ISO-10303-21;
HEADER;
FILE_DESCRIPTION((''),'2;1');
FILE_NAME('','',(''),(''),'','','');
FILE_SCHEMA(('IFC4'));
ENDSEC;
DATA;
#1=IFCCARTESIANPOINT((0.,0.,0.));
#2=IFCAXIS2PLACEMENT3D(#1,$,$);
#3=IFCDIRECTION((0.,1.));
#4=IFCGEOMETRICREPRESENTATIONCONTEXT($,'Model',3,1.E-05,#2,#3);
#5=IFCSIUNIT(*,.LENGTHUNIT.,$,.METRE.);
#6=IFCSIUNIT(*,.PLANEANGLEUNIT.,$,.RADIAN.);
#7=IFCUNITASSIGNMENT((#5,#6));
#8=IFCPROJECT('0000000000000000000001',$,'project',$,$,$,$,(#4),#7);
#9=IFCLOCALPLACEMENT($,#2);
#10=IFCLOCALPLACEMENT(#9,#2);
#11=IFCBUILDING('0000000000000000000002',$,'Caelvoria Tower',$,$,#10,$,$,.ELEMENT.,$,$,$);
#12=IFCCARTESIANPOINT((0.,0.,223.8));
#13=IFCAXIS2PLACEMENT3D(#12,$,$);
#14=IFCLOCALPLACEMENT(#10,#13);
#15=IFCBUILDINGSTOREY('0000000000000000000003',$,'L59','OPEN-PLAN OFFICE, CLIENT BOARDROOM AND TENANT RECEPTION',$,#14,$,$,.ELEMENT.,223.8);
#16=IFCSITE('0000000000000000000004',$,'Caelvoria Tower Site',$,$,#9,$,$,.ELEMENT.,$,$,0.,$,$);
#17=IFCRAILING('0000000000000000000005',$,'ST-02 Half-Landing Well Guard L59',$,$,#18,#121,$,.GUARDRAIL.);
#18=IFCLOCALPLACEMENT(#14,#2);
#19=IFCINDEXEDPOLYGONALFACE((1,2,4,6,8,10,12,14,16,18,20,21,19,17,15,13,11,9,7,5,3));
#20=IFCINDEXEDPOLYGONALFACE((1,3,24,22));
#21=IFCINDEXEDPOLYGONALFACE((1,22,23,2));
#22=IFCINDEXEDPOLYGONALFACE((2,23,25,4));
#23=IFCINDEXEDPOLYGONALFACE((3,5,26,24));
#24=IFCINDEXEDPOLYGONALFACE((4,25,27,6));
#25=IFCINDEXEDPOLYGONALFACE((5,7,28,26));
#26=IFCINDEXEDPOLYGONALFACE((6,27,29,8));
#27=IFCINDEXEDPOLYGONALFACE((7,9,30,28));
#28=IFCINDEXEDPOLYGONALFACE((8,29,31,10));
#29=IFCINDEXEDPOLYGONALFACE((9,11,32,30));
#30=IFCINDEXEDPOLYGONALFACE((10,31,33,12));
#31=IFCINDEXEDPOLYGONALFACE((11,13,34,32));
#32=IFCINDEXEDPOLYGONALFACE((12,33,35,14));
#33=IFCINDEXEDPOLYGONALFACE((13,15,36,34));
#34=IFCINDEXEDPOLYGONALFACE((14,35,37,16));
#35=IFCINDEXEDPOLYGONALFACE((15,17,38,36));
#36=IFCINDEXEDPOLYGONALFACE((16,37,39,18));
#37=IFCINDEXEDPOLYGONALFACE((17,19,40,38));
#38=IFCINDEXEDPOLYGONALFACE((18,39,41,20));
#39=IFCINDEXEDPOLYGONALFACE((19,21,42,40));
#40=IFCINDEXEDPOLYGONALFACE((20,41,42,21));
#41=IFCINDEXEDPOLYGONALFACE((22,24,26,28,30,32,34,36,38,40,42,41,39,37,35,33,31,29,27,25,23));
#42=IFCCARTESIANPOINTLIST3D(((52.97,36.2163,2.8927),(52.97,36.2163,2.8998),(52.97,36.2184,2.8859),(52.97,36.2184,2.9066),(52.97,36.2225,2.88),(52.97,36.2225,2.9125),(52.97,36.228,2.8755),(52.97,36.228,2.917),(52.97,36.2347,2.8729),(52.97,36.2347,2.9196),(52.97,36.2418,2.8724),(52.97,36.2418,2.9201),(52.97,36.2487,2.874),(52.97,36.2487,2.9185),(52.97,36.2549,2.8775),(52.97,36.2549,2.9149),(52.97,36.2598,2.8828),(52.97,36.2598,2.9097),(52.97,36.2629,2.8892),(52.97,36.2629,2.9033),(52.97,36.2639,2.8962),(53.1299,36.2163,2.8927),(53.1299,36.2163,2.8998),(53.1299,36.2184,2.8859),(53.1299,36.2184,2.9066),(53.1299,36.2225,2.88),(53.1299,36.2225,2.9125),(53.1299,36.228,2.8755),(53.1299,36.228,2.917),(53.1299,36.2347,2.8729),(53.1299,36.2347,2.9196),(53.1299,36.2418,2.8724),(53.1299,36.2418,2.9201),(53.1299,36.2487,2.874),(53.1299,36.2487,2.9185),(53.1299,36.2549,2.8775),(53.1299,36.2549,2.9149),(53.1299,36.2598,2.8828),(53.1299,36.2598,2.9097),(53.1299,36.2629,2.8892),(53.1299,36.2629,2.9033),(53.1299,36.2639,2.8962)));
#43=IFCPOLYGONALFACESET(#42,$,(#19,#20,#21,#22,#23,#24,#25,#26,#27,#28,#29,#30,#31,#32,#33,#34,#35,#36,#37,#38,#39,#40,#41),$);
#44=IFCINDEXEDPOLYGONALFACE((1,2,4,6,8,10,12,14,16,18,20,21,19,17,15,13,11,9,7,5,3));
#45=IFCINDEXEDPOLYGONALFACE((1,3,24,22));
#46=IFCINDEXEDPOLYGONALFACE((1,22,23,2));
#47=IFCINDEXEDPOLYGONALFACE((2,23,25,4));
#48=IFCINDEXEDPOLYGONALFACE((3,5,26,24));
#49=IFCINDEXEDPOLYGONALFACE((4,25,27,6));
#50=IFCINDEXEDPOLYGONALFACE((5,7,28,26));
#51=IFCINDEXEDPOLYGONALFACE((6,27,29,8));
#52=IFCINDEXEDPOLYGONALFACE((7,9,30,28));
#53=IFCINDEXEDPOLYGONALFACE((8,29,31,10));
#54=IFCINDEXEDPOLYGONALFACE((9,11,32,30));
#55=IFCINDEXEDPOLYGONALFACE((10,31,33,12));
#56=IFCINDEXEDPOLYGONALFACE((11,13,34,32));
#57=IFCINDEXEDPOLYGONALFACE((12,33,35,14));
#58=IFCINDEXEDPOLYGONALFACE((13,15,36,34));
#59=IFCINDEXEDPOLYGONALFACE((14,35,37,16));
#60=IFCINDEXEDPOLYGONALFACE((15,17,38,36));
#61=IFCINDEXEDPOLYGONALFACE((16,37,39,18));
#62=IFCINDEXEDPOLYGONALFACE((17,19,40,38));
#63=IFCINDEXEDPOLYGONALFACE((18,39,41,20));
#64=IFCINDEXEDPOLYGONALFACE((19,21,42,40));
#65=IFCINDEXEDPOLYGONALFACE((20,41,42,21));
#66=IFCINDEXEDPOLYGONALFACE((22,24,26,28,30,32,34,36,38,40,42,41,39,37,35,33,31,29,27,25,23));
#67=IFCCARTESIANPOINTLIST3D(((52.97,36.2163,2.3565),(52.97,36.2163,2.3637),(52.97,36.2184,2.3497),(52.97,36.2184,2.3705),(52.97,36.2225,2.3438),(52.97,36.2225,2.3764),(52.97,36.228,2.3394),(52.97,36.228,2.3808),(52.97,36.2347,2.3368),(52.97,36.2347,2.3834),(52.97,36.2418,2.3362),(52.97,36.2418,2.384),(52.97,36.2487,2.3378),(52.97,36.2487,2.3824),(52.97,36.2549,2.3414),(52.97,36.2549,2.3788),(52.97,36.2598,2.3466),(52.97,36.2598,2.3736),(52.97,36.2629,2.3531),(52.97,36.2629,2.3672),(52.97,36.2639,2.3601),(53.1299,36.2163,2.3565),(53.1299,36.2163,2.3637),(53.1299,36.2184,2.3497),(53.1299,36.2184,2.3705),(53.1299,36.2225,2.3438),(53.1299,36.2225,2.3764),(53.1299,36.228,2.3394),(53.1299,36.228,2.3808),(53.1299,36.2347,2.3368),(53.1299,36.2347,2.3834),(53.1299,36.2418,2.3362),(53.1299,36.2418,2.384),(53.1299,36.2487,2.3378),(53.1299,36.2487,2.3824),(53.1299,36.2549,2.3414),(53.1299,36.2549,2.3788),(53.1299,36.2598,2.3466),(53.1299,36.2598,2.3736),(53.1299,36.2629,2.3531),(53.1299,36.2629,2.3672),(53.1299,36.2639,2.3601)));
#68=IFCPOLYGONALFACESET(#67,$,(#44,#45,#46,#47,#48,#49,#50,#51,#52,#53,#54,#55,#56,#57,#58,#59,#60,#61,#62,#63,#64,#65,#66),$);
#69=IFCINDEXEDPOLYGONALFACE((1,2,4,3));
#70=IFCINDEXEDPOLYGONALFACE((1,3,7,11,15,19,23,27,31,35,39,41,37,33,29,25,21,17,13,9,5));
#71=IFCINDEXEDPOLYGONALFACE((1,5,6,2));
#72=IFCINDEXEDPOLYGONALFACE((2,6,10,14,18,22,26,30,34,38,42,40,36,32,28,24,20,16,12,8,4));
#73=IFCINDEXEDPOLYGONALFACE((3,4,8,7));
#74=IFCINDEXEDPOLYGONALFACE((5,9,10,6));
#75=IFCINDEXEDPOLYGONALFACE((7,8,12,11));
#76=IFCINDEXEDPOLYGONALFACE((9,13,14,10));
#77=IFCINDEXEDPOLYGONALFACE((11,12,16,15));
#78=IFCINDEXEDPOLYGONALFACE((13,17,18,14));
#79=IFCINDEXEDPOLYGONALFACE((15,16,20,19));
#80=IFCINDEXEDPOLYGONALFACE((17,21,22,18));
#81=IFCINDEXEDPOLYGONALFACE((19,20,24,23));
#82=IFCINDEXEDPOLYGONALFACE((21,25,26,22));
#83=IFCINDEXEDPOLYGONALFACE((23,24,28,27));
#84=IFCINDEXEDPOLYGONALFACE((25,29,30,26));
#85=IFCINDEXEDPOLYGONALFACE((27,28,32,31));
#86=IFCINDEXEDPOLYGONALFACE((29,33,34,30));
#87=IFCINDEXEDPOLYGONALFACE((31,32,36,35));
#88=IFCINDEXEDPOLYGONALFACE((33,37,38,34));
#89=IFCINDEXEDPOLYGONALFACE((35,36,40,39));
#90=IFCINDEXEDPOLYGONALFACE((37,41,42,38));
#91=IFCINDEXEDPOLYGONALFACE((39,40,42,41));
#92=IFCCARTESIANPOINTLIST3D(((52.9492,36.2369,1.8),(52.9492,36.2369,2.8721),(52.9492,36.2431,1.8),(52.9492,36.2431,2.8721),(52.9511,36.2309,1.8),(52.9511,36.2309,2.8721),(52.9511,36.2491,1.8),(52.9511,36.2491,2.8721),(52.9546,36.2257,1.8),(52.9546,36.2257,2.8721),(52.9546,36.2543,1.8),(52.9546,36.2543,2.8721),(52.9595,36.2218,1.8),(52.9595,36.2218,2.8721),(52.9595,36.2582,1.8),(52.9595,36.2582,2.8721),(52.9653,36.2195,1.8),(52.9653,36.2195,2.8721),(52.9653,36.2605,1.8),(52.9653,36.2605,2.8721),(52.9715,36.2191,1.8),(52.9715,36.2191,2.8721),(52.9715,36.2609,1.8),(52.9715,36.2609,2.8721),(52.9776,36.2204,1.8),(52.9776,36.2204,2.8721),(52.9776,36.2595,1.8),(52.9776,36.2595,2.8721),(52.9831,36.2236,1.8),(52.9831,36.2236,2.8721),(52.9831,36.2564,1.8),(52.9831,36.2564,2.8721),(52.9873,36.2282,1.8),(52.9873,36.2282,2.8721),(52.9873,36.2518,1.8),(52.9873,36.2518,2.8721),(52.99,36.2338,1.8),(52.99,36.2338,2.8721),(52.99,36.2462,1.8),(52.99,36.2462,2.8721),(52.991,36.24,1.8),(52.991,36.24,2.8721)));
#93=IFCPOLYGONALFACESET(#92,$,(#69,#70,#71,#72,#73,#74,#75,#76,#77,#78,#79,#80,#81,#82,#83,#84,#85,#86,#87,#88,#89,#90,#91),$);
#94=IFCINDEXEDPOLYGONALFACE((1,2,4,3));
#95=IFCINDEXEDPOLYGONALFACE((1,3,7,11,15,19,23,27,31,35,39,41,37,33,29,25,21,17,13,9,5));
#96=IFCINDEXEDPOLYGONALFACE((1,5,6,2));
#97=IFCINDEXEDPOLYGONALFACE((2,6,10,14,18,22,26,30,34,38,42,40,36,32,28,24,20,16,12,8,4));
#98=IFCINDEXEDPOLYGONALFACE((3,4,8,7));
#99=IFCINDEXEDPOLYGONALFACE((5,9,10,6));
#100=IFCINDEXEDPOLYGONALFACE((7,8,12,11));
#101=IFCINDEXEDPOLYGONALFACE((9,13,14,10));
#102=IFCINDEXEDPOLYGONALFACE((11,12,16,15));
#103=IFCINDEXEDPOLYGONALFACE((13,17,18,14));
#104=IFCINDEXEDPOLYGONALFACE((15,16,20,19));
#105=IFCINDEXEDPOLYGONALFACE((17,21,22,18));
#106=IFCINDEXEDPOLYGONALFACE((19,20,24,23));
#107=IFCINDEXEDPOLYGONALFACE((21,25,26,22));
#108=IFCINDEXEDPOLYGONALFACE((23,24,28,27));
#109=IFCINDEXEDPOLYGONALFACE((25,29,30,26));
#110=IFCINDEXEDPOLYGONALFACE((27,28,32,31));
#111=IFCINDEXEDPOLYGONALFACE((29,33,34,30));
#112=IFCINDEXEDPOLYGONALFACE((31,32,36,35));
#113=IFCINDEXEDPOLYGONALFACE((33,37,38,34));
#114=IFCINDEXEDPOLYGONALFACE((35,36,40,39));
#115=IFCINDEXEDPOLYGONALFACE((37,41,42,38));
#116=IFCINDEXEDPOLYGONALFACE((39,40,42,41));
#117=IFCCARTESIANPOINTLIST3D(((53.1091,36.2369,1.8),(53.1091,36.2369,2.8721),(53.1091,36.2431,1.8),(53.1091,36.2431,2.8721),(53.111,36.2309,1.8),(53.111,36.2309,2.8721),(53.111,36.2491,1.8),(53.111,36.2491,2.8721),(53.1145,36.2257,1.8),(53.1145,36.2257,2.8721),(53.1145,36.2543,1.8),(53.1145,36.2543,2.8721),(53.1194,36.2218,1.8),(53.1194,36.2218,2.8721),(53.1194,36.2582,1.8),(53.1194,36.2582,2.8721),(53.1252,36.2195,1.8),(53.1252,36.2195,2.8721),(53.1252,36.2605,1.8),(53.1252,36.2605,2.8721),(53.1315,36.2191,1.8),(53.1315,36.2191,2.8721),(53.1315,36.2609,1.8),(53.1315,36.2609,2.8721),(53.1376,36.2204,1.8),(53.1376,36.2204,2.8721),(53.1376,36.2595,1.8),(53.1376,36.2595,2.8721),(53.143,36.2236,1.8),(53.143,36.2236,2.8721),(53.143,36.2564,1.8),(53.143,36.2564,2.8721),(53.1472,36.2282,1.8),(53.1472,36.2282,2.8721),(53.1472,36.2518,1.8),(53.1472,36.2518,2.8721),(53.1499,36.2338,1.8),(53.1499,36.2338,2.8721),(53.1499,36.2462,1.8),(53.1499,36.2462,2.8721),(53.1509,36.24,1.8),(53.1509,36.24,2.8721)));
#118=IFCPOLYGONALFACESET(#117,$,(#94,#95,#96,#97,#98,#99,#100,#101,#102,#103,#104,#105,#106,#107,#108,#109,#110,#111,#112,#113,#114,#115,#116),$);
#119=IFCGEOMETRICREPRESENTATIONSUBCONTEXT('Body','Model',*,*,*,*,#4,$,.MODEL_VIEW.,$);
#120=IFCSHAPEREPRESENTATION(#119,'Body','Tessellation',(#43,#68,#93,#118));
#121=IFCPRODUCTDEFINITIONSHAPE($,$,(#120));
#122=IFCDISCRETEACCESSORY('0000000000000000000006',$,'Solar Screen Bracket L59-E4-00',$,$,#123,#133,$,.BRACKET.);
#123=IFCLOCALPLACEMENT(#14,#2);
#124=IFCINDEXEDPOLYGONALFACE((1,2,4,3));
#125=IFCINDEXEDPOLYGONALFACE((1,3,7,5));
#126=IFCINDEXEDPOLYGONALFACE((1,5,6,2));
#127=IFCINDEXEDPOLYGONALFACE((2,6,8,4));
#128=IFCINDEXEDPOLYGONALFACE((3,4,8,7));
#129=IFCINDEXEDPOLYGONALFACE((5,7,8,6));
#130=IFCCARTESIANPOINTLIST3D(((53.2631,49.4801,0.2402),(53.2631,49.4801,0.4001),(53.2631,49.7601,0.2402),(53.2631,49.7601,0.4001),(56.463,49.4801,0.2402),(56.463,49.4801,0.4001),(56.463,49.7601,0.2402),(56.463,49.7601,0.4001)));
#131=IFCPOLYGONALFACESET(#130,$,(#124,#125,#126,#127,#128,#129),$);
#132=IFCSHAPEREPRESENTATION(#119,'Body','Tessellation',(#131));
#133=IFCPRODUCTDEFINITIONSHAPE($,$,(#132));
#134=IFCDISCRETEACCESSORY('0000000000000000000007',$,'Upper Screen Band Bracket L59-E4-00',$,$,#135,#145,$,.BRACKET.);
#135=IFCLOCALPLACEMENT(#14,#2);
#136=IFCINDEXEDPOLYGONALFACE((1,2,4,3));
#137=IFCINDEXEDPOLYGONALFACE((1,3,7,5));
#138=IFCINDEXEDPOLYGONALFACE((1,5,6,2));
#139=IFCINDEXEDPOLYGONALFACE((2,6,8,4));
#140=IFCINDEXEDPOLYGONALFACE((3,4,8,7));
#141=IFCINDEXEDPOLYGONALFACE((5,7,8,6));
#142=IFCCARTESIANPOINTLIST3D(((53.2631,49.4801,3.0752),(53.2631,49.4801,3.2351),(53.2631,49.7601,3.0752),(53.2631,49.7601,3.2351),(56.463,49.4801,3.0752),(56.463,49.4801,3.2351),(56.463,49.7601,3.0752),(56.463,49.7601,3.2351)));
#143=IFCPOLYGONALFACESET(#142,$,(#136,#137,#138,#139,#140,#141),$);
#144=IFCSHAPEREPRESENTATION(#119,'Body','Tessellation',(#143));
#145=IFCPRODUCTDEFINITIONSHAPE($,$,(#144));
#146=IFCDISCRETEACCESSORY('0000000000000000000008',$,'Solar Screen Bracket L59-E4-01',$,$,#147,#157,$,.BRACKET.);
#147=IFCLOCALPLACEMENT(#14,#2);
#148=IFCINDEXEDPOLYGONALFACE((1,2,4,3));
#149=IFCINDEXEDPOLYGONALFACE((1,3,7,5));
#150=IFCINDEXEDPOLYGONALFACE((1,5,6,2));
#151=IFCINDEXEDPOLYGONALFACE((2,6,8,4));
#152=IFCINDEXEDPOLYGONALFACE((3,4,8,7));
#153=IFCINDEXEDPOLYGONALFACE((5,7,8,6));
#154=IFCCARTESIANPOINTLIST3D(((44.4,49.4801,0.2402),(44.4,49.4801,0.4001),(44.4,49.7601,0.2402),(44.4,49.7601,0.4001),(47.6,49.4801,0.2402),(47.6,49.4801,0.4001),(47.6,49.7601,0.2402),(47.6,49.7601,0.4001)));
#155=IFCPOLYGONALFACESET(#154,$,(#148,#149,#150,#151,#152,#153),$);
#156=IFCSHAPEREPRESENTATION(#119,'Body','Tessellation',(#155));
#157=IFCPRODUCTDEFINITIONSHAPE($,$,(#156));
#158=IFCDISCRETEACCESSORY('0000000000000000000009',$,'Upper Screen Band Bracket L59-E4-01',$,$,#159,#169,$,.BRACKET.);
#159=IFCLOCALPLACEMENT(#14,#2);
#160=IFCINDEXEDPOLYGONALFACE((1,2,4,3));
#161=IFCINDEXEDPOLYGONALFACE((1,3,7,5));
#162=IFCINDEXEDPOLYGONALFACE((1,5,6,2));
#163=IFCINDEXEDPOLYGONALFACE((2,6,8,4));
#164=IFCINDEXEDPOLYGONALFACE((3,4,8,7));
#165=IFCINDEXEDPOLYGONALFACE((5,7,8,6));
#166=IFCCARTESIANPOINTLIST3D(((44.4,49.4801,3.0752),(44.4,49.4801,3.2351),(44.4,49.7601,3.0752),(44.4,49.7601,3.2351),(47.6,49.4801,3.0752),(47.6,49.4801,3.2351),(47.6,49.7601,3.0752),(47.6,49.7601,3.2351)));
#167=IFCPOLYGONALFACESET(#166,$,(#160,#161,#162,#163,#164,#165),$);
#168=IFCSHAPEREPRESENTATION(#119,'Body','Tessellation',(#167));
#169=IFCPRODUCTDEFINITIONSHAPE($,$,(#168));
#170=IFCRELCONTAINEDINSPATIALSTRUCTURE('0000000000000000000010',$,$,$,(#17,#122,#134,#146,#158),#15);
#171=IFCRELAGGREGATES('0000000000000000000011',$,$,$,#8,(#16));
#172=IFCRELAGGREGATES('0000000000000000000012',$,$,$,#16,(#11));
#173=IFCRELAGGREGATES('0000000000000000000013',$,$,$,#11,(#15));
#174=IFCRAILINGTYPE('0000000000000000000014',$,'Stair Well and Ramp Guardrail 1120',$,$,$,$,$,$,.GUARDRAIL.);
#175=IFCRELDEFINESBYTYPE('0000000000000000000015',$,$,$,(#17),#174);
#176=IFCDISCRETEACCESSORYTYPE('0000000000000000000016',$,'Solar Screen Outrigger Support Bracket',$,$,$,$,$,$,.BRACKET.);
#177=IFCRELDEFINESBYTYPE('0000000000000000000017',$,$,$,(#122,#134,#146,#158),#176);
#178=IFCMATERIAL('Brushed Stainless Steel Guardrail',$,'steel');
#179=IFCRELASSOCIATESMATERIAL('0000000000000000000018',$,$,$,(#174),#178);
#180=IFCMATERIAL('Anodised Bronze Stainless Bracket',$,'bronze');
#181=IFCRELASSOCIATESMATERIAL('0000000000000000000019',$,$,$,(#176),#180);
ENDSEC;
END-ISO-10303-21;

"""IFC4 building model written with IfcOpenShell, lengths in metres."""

from ifc_helpers import new_model, si_unit, direction, frame, origin, origin_2d, place, context, subcontext, project, spatial, rectangle, circle, extrude, material, type_object, element, save


model = new_model("IFC4")

# Units and contexts
model_context = context("Model", 3, precision=1e-05, world=origin(), true_north=direction((0.0, 1.0)))
body_context = subcontext(model_context, "Body", "Model", "MODEL_VIEW")
ifc_project = project(units=[si_unit("LENGTHUNIT", "METRE"), si_unit("PLANEANGLEUNIT", "RADIAN")], contexts=[model_context])

# Site, building, storey
site_placement = place(None, origin())
site = spatial("IfcSite", under=ifc_project, at=site_placement, Name="Caelvoria Tower Site", CompositionType="ELEMENT", RefElevation=0.0)
building_placement = place(site_placement, origin())
building = spatial("IfcBuilding", under=site, at=building_placement, Name="Caelvoria Tower", CompositionType="ELEMENT")
storey_placement = place(building_placement, frame((0.0, 0.0, 223.8)))
storey = spatial("IfcBuildingStorey", under=building, at=storey_placement, Name="L59", Description="OPEN-PLAN OFFICE, CLIENT BOARDROOM AND TENANT RECEPTION", CompositionType="ELEMENT", Elevation=223.8)

# Railing
ifc_material_1 = material(Name="Brushed Stainless Steel Guardrail", Category="steel")
railing_type_1 = type_object("IfcRailingType", Name="Stair Well and Ramp Guardrail 1120", PredefinedType="GUARDRAIL", material=ifc_material_1)
railing_1_placement = place(storey_placement, frame((52.97, 36.24, 1.8)))
element("IfcRailing", 1, at=railing_1_placement, inside=storey, type_object=railing_type_1, Name="ST-02 Half-Landing Well Guard L59", PredefinedType="GUARDRAIL", context=body_context, shape_type="SweptSolid", body=[
    extrude(circle(Radius=0.0239, at=origin_2d()), frame((0.0, 0.0, 1.0962), z_axis=(1.0, 0.0, 0.0), x_axis=(0.0, 1.0, 0.0)), (0.0, 0.0, 1.0), 0.1599),
    extrude(circle(Radius=0.0239, at=origin_2d()), frame((0.0, 0.0, 0.5601), z_axis=(1.0, 0.0, 0.0), x_axis=(0.0, 1.0, 0.0)), (0.0, 0.0, 1.0), 0.1599),
    extrude(circle(Radius=0.021, at=origin_2d()), origin(), (0.0, 0.0, 1.0), 1.072),
    extrude(circle(Radius=0.021, at=origin_2d()), frame((0.1599, 0.0, 0.0)), (0.0, 0.0, 1.0), 1.072),
])

# Discrete accessories
ifc_material_2 = material(Name="Anodised Bronze Stainless Bracket", Category="bronze")
discrete_accessory_type = type_object("IfcDiscreteAccessoryType", Name="Solar Screen Outrigger Support Bracket", PredefinedType="BRACKET", material=ifc_material_2)
for number, where, z_axis, x_axis, name in (
    (2, (54.863, 49.6201, 0.2402), (0.0, 0.0, 1.0), (-1.0, 0.0, 0.0), "Solar Screen Bracket L59-E4-00"),
    (3, (54.863, 49.6201, 3.0752), (0.0, 0.0, 1.0), (-1.0, 0.0, 0.0), "Upper Screen Band Bracket L59-E4-00"),
    (4, (46.0, 49.6201, 0.2402), (0.0, 0.0, 1.0), (-1.0, 0.0, 0.0), "Solar Screen Bracket L59-E4-01"),
    (5, (46.0, 49.6201, 3.0752), (0.0, 0.0, 1.0), (-1.0, 0.0, 0.0), "Upper Screen Band Bracket L59-E4-01"),
):
    element("IfcDiscreteAccessory", number, at=place(storey_placement, frame(where, z_axis=z_axis, x_axis=x_axis)), inside=storey, type_object=discrete_accessory_type, Name=name, PredefinedType="BRACKET", context=body_context, shape_type="SweptSolid", body=[
        extrude(rectangle(XDim=3.2, YDim=0.28, at=origin_2d()), origin(), (0.0, 0.0, 1.0), 0.1599),
    ])

save(model, "model.ifc")
